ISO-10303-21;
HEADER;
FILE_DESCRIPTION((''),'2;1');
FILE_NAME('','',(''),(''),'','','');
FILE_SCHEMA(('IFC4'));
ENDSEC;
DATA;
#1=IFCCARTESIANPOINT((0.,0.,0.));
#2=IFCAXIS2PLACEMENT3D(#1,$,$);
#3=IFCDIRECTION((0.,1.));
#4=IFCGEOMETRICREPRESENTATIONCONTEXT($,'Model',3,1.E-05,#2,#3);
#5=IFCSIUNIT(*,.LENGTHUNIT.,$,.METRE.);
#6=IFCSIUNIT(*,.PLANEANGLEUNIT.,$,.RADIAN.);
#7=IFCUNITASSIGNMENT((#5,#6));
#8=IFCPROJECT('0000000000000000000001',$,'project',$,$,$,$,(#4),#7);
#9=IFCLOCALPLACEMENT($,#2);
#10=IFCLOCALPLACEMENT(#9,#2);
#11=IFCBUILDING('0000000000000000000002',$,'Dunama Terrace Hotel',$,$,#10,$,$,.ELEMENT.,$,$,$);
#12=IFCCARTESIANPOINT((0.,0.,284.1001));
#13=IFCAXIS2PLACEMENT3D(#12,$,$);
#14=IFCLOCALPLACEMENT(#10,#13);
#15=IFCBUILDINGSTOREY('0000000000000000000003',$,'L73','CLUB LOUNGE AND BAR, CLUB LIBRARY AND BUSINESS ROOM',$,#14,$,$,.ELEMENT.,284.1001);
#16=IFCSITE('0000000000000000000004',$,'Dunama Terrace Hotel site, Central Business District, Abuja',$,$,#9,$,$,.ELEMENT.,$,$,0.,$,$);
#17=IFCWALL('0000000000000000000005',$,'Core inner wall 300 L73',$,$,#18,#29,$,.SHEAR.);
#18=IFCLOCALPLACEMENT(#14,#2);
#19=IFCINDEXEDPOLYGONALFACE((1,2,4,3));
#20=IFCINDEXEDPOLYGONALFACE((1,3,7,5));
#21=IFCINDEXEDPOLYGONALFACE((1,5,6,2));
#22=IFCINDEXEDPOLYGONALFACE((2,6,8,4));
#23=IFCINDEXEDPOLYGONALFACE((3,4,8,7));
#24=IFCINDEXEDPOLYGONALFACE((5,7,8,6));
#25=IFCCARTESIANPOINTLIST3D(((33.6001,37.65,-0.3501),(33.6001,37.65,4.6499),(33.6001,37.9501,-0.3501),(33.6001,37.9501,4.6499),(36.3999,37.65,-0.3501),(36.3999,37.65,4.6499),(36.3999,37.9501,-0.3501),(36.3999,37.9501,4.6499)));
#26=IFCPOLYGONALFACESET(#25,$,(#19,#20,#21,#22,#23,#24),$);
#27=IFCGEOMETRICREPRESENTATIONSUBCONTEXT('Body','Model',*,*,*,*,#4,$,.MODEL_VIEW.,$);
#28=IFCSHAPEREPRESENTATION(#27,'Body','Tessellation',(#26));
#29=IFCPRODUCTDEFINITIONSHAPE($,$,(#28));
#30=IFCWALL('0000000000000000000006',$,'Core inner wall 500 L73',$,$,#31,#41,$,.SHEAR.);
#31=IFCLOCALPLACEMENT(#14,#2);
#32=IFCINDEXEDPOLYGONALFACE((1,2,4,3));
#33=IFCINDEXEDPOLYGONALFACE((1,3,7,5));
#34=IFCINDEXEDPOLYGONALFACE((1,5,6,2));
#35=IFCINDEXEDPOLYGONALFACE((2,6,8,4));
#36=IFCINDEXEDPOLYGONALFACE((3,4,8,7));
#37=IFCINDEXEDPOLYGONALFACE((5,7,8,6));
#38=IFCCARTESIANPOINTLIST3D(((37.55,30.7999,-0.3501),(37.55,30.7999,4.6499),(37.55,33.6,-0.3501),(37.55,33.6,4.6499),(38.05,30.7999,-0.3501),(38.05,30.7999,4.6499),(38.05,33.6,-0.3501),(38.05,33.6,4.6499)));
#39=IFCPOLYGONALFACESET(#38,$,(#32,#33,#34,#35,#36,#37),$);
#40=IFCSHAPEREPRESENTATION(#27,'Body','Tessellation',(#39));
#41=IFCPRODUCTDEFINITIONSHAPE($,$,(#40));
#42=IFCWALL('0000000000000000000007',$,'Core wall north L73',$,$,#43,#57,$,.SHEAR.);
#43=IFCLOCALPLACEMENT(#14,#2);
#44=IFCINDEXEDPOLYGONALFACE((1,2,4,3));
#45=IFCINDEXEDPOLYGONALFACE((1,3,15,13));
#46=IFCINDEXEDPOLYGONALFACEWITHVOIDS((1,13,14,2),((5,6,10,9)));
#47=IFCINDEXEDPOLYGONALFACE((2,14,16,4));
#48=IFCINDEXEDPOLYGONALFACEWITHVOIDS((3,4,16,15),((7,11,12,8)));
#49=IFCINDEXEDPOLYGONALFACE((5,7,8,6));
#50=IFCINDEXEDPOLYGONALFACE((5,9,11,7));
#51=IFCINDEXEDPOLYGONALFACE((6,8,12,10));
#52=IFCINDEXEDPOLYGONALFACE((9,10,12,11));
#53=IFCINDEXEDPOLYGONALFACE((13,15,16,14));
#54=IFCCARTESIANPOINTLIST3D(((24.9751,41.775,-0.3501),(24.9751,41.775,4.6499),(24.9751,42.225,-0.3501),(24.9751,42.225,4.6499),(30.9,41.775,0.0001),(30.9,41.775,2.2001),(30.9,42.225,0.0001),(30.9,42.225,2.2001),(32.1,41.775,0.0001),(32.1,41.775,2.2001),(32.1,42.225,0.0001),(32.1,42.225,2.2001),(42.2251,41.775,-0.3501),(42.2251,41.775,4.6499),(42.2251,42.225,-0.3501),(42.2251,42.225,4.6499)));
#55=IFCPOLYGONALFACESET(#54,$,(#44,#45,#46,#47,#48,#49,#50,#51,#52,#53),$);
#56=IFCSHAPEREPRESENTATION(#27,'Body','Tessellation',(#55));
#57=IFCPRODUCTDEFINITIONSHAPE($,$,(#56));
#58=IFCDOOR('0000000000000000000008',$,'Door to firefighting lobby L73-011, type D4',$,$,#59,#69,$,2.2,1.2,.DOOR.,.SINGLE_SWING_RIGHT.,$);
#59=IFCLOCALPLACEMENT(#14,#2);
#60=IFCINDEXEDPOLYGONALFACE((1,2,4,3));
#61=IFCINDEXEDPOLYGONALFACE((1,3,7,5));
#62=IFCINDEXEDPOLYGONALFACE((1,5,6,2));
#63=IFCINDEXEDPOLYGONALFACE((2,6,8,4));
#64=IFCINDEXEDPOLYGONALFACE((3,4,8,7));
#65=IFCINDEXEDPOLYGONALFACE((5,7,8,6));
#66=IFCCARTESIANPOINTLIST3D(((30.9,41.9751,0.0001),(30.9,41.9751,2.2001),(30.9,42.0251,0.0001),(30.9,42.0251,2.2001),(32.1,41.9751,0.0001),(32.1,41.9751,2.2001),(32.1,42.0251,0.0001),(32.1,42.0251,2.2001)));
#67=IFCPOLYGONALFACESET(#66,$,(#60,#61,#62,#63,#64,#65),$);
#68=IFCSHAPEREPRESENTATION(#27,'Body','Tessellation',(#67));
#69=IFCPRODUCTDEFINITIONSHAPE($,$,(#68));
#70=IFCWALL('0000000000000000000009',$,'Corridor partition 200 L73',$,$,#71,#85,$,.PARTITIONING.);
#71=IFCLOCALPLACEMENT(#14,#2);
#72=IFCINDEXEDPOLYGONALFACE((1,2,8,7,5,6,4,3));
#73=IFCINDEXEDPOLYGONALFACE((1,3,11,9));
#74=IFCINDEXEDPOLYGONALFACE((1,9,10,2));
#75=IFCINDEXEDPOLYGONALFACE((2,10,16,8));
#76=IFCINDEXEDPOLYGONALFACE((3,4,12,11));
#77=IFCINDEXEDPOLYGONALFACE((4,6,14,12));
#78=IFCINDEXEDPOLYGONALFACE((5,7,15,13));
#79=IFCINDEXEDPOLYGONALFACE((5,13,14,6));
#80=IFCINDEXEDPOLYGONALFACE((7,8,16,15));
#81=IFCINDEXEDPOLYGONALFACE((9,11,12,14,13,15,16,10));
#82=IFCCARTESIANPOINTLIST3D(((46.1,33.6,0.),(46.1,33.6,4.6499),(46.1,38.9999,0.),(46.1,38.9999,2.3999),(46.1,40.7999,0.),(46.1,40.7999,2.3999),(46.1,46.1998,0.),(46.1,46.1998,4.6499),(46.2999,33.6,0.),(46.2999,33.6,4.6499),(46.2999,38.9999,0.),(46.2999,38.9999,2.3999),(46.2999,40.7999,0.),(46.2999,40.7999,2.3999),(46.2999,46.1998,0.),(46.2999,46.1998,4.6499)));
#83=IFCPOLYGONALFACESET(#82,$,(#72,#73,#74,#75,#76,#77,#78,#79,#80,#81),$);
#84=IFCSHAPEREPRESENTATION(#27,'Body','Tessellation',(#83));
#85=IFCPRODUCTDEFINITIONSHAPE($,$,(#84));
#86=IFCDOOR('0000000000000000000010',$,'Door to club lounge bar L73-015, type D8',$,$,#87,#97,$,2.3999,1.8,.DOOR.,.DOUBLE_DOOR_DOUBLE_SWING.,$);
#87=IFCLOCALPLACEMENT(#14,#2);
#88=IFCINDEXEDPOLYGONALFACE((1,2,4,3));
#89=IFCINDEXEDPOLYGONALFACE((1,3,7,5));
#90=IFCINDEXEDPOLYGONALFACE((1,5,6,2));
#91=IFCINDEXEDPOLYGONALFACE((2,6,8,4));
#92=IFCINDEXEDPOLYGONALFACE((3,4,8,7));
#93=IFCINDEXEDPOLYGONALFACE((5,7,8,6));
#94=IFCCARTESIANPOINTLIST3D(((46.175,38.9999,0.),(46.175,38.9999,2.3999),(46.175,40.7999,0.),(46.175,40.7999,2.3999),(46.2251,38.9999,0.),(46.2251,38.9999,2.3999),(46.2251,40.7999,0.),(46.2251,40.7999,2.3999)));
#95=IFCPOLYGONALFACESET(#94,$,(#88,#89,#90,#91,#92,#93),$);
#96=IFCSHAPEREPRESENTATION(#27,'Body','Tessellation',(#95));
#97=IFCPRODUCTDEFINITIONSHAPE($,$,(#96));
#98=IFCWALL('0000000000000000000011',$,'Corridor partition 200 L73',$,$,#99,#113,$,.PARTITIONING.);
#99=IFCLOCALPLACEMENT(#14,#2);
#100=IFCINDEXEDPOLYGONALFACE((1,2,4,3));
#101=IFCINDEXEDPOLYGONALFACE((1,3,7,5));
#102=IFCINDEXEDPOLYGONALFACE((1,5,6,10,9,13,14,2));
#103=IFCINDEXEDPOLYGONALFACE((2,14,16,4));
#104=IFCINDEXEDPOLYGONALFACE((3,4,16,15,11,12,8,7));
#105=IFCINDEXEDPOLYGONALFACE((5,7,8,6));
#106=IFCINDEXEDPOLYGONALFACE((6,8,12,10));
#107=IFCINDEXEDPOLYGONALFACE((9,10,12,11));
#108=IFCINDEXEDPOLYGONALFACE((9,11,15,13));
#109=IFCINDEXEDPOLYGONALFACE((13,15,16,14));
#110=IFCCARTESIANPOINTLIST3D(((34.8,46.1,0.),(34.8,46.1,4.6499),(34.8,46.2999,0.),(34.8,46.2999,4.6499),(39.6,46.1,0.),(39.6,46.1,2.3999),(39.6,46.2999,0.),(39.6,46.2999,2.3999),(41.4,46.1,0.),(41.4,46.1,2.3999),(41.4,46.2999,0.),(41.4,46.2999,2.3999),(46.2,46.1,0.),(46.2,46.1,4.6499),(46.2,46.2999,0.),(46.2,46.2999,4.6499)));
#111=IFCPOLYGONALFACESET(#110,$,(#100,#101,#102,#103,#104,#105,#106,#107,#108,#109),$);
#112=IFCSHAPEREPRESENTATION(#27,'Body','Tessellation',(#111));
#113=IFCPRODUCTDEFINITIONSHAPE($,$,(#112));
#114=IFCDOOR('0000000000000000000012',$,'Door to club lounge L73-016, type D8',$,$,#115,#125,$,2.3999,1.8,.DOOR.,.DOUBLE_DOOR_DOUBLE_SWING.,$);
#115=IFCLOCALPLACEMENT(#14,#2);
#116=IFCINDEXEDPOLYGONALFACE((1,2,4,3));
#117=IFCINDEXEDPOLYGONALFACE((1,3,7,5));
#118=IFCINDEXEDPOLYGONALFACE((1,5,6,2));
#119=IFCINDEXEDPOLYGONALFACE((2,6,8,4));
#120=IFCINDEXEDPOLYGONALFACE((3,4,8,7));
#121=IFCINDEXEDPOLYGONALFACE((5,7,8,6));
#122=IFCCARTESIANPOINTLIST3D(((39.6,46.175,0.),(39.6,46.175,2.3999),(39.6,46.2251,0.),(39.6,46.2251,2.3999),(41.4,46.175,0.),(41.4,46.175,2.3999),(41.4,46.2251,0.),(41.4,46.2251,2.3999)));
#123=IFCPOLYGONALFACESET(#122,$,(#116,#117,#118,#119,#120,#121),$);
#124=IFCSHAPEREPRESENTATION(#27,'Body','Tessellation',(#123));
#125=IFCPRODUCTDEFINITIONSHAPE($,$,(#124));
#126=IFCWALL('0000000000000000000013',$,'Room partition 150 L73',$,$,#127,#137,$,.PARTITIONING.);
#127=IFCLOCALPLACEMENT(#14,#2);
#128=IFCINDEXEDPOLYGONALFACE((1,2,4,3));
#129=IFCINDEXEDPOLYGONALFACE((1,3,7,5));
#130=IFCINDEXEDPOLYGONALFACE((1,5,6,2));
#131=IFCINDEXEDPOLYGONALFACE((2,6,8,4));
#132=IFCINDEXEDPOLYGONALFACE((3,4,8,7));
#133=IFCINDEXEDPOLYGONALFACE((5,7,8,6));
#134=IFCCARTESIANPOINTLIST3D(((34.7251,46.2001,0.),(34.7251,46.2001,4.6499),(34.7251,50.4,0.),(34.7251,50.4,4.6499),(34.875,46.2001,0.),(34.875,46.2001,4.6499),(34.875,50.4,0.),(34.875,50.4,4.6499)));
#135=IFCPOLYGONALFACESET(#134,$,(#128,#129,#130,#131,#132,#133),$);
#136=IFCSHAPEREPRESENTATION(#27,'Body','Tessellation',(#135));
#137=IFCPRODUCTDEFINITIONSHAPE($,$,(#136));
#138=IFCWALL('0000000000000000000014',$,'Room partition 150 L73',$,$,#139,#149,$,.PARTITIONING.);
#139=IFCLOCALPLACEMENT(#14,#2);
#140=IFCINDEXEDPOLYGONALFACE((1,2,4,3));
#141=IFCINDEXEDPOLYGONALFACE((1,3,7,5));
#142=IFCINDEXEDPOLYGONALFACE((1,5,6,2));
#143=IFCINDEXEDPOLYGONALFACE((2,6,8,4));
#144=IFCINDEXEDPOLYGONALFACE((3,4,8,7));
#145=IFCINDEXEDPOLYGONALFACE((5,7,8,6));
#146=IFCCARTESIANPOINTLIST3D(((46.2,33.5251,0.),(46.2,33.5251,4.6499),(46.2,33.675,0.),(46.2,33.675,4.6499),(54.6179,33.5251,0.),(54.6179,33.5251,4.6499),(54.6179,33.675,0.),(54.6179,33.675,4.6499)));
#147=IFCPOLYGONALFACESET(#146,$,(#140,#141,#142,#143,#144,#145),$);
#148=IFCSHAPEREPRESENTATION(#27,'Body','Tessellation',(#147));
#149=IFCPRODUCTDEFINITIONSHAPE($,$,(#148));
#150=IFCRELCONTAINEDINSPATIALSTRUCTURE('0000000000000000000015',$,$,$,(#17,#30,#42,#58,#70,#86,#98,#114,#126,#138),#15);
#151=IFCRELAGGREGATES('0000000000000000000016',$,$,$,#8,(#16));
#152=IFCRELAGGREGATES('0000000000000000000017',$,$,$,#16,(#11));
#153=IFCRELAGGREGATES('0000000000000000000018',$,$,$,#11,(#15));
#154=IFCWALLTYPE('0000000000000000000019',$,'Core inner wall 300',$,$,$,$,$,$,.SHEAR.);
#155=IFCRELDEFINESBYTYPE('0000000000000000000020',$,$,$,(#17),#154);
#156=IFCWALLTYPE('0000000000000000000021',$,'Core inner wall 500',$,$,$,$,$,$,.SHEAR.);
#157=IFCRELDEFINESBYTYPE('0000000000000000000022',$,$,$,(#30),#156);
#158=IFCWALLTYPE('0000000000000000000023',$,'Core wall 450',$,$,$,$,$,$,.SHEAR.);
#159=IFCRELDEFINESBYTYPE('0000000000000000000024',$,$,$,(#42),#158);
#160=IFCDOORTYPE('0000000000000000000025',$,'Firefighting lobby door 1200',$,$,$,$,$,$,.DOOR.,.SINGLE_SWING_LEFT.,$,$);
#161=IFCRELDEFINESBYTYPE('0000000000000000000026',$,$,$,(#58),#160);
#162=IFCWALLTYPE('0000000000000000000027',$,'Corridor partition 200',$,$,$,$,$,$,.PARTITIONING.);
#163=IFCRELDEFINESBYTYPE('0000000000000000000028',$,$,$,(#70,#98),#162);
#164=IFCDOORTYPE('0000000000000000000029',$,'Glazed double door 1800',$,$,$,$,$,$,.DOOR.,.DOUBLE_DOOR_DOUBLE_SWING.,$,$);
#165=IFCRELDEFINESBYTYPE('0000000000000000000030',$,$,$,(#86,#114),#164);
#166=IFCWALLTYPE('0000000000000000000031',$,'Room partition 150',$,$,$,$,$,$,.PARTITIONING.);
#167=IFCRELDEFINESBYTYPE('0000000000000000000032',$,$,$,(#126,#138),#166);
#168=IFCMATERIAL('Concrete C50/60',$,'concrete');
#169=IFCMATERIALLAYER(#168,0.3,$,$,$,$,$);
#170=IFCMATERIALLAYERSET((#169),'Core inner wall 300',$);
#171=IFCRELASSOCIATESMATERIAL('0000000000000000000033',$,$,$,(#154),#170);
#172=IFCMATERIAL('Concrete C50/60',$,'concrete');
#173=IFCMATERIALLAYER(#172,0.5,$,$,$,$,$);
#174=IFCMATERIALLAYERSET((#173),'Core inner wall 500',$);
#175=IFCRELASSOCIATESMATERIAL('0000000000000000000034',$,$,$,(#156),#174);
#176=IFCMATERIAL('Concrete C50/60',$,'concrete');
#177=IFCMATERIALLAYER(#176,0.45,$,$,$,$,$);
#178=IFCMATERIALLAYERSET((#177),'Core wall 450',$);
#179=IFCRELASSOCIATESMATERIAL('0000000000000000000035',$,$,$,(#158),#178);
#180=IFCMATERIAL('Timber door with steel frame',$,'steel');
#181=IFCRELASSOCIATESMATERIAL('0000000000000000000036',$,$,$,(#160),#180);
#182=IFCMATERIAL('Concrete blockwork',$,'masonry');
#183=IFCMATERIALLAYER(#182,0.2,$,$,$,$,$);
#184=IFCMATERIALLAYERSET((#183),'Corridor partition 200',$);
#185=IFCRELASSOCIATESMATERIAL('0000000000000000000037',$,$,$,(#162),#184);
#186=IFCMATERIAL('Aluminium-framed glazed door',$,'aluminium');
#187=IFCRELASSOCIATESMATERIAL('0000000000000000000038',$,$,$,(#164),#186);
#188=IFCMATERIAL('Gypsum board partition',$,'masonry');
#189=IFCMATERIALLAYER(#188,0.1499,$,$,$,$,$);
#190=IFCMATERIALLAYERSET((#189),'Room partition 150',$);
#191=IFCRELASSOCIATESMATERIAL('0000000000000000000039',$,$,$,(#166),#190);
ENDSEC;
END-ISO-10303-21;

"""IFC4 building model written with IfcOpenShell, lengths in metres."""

from ifc_helpers import new_model, si_unit, direction, frame, frame_2d, origin, place, context, subcontext, project, spatial, rectangle, extrude, material, layer, layer_set, type_object, element, fill, save


model = new_model("IFC4")

# Units and contexts
model_context = context("Model", 3, precision=1e-05, world=origin(), true_north=direction((0.0, 1.0)))
body_context = subcontext(model_context, "Body", "Model", "MODEL_VIEW")
ifc_project = project(units=[si_unit("LENGTHUNIT", "METRE"), si_unit("PLANEANGLEUNIT", "RADIAN")], contexts=[model_context])

# Site, building, storey
site_placement = place(None, origin())
site = spatial("IfcSite", under=ifc_project, at=site_placement, Name="Dunama Terrace Hotel site, Central Business District, Abuja", CompositionType="ELEMENT", RefElevation=0.0)
building_placement = place(site_placement, origin())
building = spatial("IfcBuilding", under=site, at=building_placement, Name="Dunama Terrace Hotel", CompositionType="ELEMENT")
storey_placement = place(building_placement, frame((0.0, 0.0, 284.1001)))
storey = spatial("IfcBuildingStorey", under=building, at=storey_placement, Name="L73", Description="CLUB LOUNGE AND BAR, CLUB LIBRARY AND BUSINESS ROOM", CompositionType="ELEMENT", Elevation=284.1001)

# Shared definitions
ifc_material_1 = material(Name="Concrete C50/60", Category="concrete")
ifc_layer_1 = layer(ifc_material_1, 0.3)
ifc_layer_set_1 = layer_set([ifc_layer_1], Name="Core inner wall 300")
wall_type_1 = type_object("IfcWallType", Name="Core inner wall 300", PredefinedType="SHEAR", material=ifc_layer_set_1)

# Walls
wall_1_placement = place(storey_placement, frame((33.6001, 37.8, -0.3501), z_axis=(0.0, 0.0, 1.0), x_axis=(1.0, 0.0, 0.0)))
element("IfcWall", 1, at=wall_1_placement, inside=storey, type_object=wall_type_1, Name="Core inner wall 300 L73", PredefinedType="SHEAR", context=body_context, shape_type="SweptSolid", body=[
    extrude(rectangle(XDim=2.7998, YDim=0.3, at=frame_2d((1.3999, 0.0))), origin(), (0.0, 0.0, 1.0), 5.0),
])
ifc_material_2 = material(Name="Concrete C50/60", Category="concrete")
ifc_layer_2 = layer(ifc_material_2, 0.5)
ifc_layer_set_2 = layer_set([ifc_layer_2], Name="Core inner wall 500")
wall_type_2 = type_object("IfcWallType", Name="Core inner wall 500", PredefinedType="SHEAR", material=ifc_layer_set_2)
wall_2_placement = place(storey_placement, frame((37.8, 30.8, -0.3501), z_axis=(0.0, 0.0, 1.0), x_axis=(0.0, 1.0, 0.0)))
element("IfcWall", 2, at=wall_2_placement, inside=storey, type_object=wall_type_2, Name="Core inner wall 500 L73", PredefinedType="SHEAR", context=body_context, shape_type="SweptSolid", body=[
    extrude(rectangle(XDim=2.8, YDim=0.5, at=frame_2d((1.3999, 0.0))), origin(), (0.0, 0.0, 1.0), 5.0),
])

# Walls, openings, doors
ifc_material_3 = material(Name="Concrete C50/60", Category="concrete")
ifc_layer_3 = layer(ifc_material_3, 0.45)
ifc_layer_set_3 = layer_set([ifc_layer_3], Name="Core wall 450")
wall_type_3 = type_object("IfcWallType", Name="Core wall 450", PredefinedType="SHEAR", material=ifc_layer_set_3)
wall_3_placement = place(storey_placement, frame((42.2251, 42.0, -0.3501), z_axis=(0.0, 0.0, 1.0), x_axis=(-1.0, 0.0, 0.0)))
wall_3 = element("IfcWall", 3, at=wall_3_placement, inside=storey, type_object=wall_type_3, Name="Core wall north L73", PredefinedType="SHEAR", context=body_context, shape_type="SweptSolid", body=[
    extrude(rectangle(XDim=17.25, YDim=0.45, at=frame_2d((8.625, 0.0))), origin(), (0.0, 0.0, 1.0), 5.0),
])
opening_1_placement = place(wall_3_placement, frame((10.125, 0.0, 0.3501)))
opening_1 = element("IfcOpeningElement", 4, at=opening_1_placement, cuts=wall_3, PredefinedType="OPENING", context=body_context, shape_type="SweptSolid", body=[
    extrude(rectangle(XDim=1.2, YDim=2.2, at=frame_2d((0.6001, 1.1001))), frame((0.0, 0.2349, 0.0), z_axis=(0.0, -1.0, 0.0), x_axis=(1.0, 0.0, 0.0)), (0.0, 0.0, 1.0), 0.47),
])
ifc_material_4 = material(Name="Timber door with steel frame", Category="steel")
door_type_1 = type_object("IfcDoorType", Name="Firefighting lobby door 1200", OperationType="SINGLE_SWING_LEFT", PredefinedType="DOOR", material=ifc_material_4)
door_1_placement = place(opening_1_placement, origin())
door_1 = element("IfcDoor", 5, at=door_1_placement, inside=storey, type_object=door_type_1, Name="Door to firefighting lobby L73-011, type D4", OperationType="SINGLE_SWING_RIGHT", OverallHeight=2.2, OverallWidth=1.2, PredefinedType="DOOR", context=body_context, shape_type="SweptSolid", body=[
    extrude(rectangle(XDim=1.2, YDim=2.2, at=frame_2d((0.6001, 1.1001))), frame((0.0, 0.0249, 0.0), z_axis=(0.0, -1.0, 0.0), x_axis=(1.0, 0.0, 0.0)), (0.0, 0.0, 1.0), 0.05),
])
fill(opening_1, door_1)
ifc_material_5 = material(Name="Concrete blockwork", Category="masonry")
ifc_layer_4 = layer(ifc_material_5, 0.2)
ifc_layer_set_4 = layer_set([ifc_layer_4], Name="Corridor partition 200")
wall_type_4 = type_object("IfcWallType", Name="Corridor partition 200", PredefinedType="PARTITIONING", material=ifc_layer_set_4)
wall_4_placement = place(storey_placement, frame((46.2, 33.6001, 0.0), z_axis=(0.0, 0.0, 1.0), x_axis=(0.0, 1.0, 0.0)))
wall_4 = element("IfcWall", 6, at=wall_4_placement, inside=storey, type_object=wall_type_4, Name="Corridor partition 200 L73", PredefinedType="PARTITIONING", context=body_context, shape_type="SweptSolid", body=[
    extrude(rectangle(XDim=12.5999, YDim=0.2, at=frame_2d((6.2998, 0.0))), origin(), (0.0, 0.0, 1.0), 4.6499),
])
opening_2_placement = place(wall_4_placement, frame((5.3999, 0.0, 0.0)))
opening_2 = element("IfcOpeningElement", 7, at=opening_2_placement, cuts=wall_4, PredefinedType="OPENING", context=body_context, shape_type="SweptSolid", body=[
    extrude(rectangle(XDim=1.8, YDim=2.3999, at=frame_2d((0.8999, 1.2))), frame((0.0, 0.1099, 0.0), z_axis=(0.0, -1.0, 0.0), x_axis=(1.0, 0.0, 0.0)), (0.0, 0.0, 1.0), 0.22),
])
ifc_material_6 = material(Name="Aluminium-framed glazed door", Category="aluminium")
door_type_2 = type_object("IfcDoorType", Name="Glazed double door 1800", OperationType="DOUBLE_DOOR_DOUBLE_SWING", PredefinedType="DOOR", material=ifc_material_6)
door_2_placement = place(opening_2_placement, origin())
door_2 = element("IfcDoor", 8, at=door_2_placement, inside=storey, type_object=door_type_2, Name="Door to club lounge bar L73-015, type D8", OperationType="DOUBLE_DOOR_DOUBLE_SWING", OverallHeight=2.3999, OverallWidth=1.8, PredefinedType="DOOR", context=body_context, shape_type="SweptSolid", body=[
    extrude(rectangle(XDim=1.8, YDim=2.3999, at=frame_2d((0.8999, 1.2))), frame((0.0, 0.0249, 0.0), z_axis=(0.0, -1.0, 0.0), x_axis=(1.0, 0.0, 0.0)), (0.0, 0.0, 1.0), 0.05),
])
fill(opening_2, door_2)
wall_5_placement = place(storey_placement, frame((46.2, 46.2, 0.0), z_axis=(0.0, 0.0, 1.0), x_axis=(-1.0, 0.0, 0.0)))
wall_5 = element("IfcWall", 9, at=wall_5_placement, inside=storey, type_object=wall_type_4, Name="Corridor partition 200 L73", PredefinedType="PARTITIONING", context=body_context, shape_type="SweptSolid", body=[
    extrude(rectangle(XDim=11.3999, YDim=0.2, at=frame_2d((5.7, 0.0))), origin(), (0.0, 0.0, 1.0), 4.6499),
])
opening_3_placement = place(wall_5_placement, frame((4.8, 0.0, 0.0)))
opening_3 = element("IfcOpeningElement", 10, at=opening_3_placement, cuts=wall_5, PredefinedType="OPENING", context=body_context, shape_type="SweptSolid", body=[
    extrude(rectangle(XDim=1.8, YDim=2.3999, at=frame_2d((0.8999, 1.2))), frame((0.0, 0.1099, 0.0), z_axis=(0.0, -1.0, 0.0), x_axis=(1.0, 0.0, 0.0)), (0.0, 0.0, 1.0), 0.22),
])
door_3_placement = place(opening_3_placement, origin())
door_3 = element("IfcDoor", 11, at=door_3_placement, inside=storey, type_object=door_type_2, Name="Door to club lounge L73-016, type D8", OperationType="DOUBLE_DOOR_DOUBLE_SWING", OverallHeight=2.3999, OverallWidth=1.8, PredefinedType="DOOR", context=body_context, shape_type="SweptSolid", body=[
    extrude(rectangle(XDim=1.8, YDim=2.3999, at=frame_2d((0.8999, 1.2))), frame((0.0, 0.0249, 0.0), z_axis=(0.0, -1.0, 0.0), x_axis=(1.0, 0.0, 0.0)), (0.0, 0.0, 1.0), 0.05),
])
fill(opening_3, door_3)

# Walls
ifc_material_7 = material(Name="Gypsum board partition", Category="masonry")
ifc_layer_5 = layer(ifc_material_7, 0.1499)
ifc_layer_set_5 = layer_set([ifc_layer_5], Name="Room partition 150")
wall_type_5 = type_object("IfcWallType", Name="Room partition 150", PredefinedType="PARTITIONING", material=ifc_layer_set_5)
wall_6_placement = place(storey_placement, frame((34.8, 46.2, 0.0), z_axis=(0.0, 0.0, 1.0), x_axis=(0.0, 1.0, 0.0)))
element("IfcWall", 12, at=wall_6_placement, inside=storey, type_object=wall_type_5, Name="Room partition 150 L73", PredefinedType="PARTITIONING", context=body_context, shape_type="SweptSolid", body=[
    extrude(rectangle(XDim=4.2, YDim=0.1499, at=frame_2d((2.1001, 0.0))), origin(), (0.0, 0.0, 1.0), 4.6499),
])
wall_7_placement = place(storey_placement, frame((46.2, 33.6001, 0.0), z_axis=(0.0, 0.0, 1.0), x_axis=(1.0, 0.0, 0.0)))
element("IfcWall", 13, at=wall_7_placement, inside=storey, type_object=wall_type_5, Name="Room partition 150 L73", PredefinedType="PARTITIONING", context=body_context, shape_type="SweptSolid", body=[
    extrude(rectangle(XDim=8.418, YDim=0.1499, at=frame_2d((4.209, 0.0))), origin(), (0.0, 0.0, 1.0), 4.6499),
])

save(model, "model.ifc")
